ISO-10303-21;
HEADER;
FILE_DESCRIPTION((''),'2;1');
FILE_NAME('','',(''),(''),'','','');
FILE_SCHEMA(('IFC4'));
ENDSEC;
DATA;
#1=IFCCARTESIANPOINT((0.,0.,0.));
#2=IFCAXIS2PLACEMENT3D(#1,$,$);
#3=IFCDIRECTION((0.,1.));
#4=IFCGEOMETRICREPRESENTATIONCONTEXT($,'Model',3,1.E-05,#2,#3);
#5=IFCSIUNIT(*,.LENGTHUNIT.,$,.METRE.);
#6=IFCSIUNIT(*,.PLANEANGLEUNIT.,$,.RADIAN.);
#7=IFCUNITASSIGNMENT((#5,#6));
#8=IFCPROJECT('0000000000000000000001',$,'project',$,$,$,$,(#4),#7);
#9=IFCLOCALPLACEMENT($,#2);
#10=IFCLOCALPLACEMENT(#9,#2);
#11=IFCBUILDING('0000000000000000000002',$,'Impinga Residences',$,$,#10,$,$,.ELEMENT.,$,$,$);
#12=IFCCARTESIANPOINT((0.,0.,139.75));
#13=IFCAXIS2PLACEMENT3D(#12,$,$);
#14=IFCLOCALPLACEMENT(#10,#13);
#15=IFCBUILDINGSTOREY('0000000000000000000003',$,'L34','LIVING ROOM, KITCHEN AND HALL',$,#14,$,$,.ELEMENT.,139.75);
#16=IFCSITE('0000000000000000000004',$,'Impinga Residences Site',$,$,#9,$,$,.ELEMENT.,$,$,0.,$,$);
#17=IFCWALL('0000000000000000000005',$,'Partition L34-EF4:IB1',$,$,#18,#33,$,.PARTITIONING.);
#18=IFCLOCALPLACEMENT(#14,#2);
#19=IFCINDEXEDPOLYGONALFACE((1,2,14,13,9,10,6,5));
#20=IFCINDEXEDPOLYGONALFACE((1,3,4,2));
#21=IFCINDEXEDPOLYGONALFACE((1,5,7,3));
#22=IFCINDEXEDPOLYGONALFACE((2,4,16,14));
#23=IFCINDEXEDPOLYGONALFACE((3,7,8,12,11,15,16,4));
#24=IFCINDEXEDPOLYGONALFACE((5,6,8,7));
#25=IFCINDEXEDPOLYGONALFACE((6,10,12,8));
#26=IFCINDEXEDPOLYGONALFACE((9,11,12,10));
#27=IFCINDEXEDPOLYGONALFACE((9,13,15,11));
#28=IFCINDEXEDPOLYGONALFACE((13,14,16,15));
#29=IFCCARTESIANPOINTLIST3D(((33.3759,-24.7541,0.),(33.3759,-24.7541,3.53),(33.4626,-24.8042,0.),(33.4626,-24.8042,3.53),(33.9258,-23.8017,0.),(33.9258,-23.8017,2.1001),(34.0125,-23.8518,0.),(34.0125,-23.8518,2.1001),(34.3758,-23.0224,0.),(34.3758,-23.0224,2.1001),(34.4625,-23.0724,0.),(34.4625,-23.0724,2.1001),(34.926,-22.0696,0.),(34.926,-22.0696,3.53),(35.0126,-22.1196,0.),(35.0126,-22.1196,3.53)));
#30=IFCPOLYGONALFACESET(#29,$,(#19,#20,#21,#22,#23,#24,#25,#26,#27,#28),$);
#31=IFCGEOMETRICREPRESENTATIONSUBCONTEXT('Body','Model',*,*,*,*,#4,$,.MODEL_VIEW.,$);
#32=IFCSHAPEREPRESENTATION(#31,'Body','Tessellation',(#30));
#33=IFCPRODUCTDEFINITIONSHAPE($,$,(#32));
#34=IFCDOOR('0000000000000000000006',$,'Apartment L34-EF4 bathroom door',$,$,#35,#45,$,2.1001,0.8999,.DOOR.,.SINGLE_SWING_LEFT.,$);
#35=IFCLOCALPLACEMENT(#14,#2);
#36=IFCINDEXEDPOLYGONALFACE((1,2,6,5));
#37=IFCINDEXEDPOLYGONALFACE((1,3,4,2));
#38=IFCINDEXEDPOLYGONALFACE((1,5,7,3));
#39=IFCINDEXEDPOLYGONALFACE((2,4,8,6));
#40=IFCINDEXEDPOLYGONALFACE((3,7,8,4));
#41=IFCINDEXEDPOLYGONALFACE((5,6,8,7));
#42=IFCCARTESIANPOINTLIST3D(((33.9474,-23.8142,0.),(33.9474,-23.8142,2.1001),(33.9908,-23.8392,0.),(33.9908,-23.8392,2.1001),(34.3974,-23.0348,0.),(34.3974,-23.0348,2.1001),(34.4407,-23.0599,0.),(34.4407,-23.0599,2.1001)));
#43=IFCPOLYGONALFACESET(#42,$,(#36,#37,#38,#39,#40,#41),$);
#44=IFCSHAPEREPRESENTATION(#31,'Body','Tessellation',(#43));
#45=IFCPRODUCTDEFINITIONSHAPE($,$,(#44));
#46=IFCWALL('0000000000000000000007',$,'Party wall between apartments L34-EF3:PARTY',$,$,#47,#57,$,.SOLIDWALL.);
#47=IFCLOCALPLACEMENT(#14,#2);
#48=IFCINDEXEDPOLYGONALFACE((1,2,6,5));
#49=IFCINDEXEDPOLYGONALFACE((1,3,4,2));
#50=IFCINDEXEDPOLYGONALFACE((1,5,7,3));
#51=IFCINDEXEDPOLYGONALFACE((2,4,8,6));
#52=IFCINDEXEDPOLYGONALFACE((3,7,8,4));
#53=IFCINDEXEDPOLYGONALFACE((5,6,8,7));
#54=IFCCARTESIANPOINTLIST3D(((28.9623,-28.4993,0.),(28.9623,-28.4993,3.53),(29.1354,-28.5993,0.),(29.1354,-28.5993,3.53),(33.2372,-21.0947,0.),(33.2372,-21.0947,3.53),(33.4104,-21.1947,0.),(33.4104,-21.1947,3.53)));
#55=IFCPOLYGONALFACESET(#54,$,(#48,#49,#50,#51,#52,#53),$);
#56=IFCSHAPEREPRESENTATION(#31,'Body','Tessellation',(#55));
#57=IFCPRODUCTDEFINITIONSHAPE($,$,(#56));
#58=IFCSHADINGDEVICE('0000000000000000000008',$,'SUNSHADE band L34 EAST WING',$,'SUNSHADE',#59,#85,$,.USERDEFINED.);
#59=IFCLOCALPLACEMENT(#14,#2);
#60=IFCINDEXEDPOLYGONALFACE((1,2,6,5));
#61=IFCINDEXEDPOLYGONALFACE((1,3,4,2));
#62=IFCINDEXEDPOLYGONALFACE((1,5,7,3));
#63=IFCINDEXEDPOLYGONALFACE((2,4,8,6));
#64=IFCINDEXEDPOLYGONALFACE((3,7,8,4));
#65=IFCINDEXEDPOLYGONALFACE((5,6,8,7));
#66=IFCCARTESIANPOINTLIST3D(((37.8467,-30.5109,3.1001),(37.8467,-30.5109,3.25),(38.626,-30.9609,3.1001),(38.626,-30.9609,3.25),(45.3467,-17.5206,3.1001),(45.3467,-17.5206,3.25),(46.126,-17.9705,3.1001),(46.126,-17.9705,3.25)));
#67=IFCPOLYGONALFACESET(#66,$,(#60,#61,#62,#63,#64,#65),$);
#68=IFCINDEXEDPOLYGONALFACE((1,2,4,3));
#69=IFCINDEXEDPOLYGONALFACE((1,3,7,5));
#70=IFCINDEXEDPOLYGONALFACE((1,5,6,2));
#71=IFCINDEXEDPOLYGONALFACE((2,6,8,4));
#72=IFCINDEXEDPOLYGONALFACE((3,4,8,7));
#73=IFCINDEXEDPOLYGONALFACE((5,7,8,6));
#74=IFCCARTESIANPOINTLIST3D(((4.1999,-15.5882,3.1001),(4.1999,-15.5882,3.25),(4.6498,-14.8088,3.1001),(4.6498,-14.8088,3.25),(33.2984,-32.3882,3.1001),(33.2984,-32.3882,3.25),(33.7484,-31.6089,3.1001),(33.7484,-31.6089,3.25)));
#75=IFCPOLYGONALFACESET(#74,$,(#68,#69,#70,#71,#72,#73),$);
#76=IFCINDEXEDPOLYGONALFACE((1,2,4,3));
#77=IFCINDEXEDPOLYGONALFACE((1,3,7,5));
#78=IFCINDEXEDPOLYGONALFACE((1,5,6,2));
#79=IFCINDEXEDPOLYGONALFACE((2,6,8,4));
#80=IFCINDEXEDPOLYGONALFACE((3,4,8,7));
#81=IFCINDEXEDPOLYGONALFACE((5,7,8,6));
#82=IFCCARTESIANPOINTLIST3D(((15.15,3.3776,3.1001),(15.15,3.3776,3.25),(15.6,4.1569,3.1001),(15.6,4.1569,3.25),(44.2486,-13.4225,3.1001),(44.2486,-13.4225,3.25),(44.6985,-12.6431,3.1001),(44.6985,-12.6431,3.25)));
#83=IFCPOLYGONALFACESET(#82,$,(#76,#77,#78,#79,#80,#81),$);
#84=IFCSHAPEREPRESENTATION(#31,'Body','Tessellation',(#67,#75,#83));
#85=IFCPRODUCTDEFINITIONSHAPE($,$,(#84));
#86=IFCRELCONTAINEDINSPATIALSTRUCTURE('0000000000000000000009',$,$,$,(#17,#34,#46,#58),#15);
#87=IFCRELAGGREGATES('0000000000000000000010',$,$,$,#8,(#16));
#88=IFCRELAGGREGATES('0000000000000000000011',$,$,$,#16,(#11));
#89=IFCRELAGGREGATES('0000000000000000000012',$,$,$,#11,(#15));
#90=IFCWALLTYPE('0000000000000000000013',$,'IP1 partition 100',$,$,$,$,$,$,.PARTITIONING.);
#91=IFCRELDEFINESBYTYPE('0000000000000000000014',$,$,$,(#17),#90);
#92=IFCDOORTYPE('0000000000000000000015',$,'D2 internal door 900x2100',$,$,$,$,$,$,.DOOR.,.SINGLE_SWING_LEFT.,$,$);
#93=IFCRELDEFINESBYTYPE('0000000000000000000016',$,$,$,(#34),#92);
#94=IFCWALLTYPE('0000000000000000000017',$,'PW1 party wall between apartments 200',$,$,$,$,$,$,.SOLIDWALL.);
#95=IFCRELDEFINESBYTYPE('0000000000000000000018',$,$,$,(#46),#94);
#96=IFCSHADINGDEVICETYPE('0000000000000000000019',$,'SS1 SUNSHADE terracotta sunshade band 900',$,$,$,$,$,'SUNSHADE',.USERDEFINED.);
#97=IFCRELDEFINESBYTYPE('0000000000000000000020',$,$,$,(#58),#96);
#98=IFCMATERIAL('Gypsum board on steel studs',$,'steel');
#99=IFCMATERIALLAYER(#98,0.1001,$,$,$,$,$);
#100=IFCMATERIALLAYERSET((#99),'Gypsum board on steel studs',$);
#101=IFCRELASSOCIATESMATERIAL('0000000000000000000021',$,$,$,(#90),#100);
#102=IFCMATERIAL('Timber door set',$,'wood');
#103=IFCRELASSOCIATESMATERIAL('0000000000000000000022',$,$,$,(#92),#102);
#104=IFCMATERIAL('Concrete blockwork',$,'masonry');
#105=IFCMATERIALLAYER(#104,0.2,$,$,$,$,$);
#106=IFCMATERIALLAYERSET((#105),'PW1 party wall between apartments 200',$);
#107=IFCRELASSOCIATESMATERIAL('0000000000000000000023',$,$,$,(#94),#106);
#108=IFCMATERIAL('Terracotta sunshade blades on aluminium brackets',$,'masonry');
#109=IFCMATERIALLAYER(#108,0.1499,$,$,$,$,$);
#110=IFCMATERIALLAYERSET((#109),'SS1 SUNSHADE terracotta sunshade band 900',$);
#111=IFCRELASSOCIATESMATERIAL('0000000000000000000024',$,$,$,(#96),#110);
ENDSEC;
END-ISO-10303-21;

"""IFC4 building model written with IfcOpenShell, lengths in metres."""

from ifc_helpers import new_model, si_unit, direction, frame, frame_2d, origin, origin_2d, place, context, subcontext, project, spatial, rectangle, extrude, material, layer, layer_set, type_object, element, fill, save


model = new_model("IFC4")

# Units and contexts
model_context = context("Model", 3, precision=1e-05, world=origin(), true_north=direction((0.0, 1.0)))
body_context = subcontext(model_context, "Body", "Model", "MODEL_VIEW")
ifc_project = project(units=[si_unit("LENGTHUNIT", "METRE"), si_unit("PLANEANGLEUNIT", "RADIAN")], contexts=[model_context])

# Site, building, storey
site_placement = place(None, origin())
site = spatial("IfcSite", under=ifc_project, at=site_placement, Name="Impinga Residences Site", CompositionType="ELEMENT", RefElevation=0.0)
building_placement = place(site_placement, origin())
building = spatial("IfcBuilding", under=site, at=building_placement, Name="Impinga Residences", CompositionType="ELEMENT")
storey_placement = place(building_placement, frame((0.0, 0.0, 139.75)))
storey = spatial("IfcBuildingStorey", under=building, at=storey_placement, Name="L34", Description="LIVING ROOM, KITCHEN AND HALL", CompositionType="ELEMENT", Elevation=139.75)

# Shared definitions
ifc_material_1 = material(Name="Gypsum board on steel studs", Category="steel")
ifc_layer_1 = layer(ifc_material_1, 0.1001)
ifc_layer_set_1 = layer_set([ifc_layer_1], Name="Gypsum board on steel studs")
wall_type_1 = type_object("IfcWallType", Name="IP1 partition 100", PredefinedType="PARTITIONING", material=ifc_layer_set_1)

# Shared definitions
ifc_material_2 = material(Name="Timber door set", Category="wood")
door_type = type_object("IfcDoorType", Name="D2 internal door 900x2100", OperationType="SINGLE_SWING_LEFT", PredefinedType="DOOR", material=ifc_material_2)

# Wall, opening, door
wall_1_placement = place(storey_placement, frame((34.9692, -22.0947, 0.0), z_axis=(0.0, 0.0, 1.0), x_axis=(-0.500027, -0.86601, 0.0)))
wall_1 = element("IfcWall", 1, at=wall_1_placement, inside=storey, type_object=wall_type_1, Name="Partition L34-EF4:IB1", PredefinedType="PARTITIONING", context=body_context, shape_type="SweptSolid", body=[
    extrude(rectangle(XDim=3.0999, YDim=0.1001, at=frame_2d((1.5498, 0.0))), origin(), (0.0, 0.0, 1.0), 3.53),
])
opening_1_placement = place(wall_1_placement, frame((1.1001, 0.0, 0.0)))
opening_1 = element("IfcOpeningElement", 2, at=opening_1_placement, cuts=wall_1, PredefinedType="OPENING", context=body_context, shape_type="SweptSolid", body=[
    extrude(rectangle(XDim=0.8999, YDim=2.1001, at=frame_2d((0.45, 1.05))), frame((0.0, 0.0601, 0.0), z_axis=(0.0, -1.0, 0.0), x_axis=(1.0, 0.0, 0.0)), (0.0, 0.0, 1.0), 0.1201),
])
door_1_placement = place(opening_1_placement, origin())
door_1 = element("IfcDoor", 3, at=door_1_placement, inside=storey, type_object=door_type, Name="Apartment L34-EF4 bathroom door", OperationType="SINGLE_SWING_LEFT", OverallHeight=2.1001, OverallWidth=0.8999, PredefinedType="DOOR", context=body_context, shape_type="SweptSolid", body=[
    extrude(rectangle(XDim=0.8999, YDim=2.1001, at=frame_2d((0.45, 1.05))), frame((0.0, 0.0249, 0.0), z_axis=(0.0, -1.0, 0.0), x_axis=(1.0, 0.0, 0.0)), (0.0, 0.0, 1.0), 0.05),
])
fill(opening_1, door_1)

# Wall
ifc_material_3 = material(Name="Concrete blockwork", Category="masonry")
ifc_layer_2 = layer(ifc_material_3, 0.2)
ifc_layer_set_2 = layer_set([ifc_layer_2], Name="PW1 party wall between apartments 200")
wall_type_2 = type_object("IfcWallType", Name="PW1 party wall between apartments 200", PredefinedType="SOLIDWALL", material=ifc_layer_set_2)
wall_2_placement = place(storey_placement, frame((33.3237, -21.1448, 0.0), z_axis=(0.0, 0.0, 1.0), x_axis=(-0.49999, -0.866031, 0.0)))
element("IfcWall", 4, at=wall_2_placement, inside=storey, type_object=wall_type_2, Name="Party wall between apartments L34-EF3:PARTY", PredefinedType="SOLIDWALL", context=body_context, shape_type="SweptSolid", body=[
    extrude(rectangle(XDim=8.55, YDim=0.2, at=frame_2d((4.2749, 0.0))), origin(), (0.0, 0.0, 1.0), 3.53),
])

# Shading device
ifc_material_4 = material(Name="Terracotta sunshade blades on aluminium brackets", Category="masonry")
ifc_layer_3 = layer(ifc_material_4, 0.1499)
ifc_layer_set_3 = layer_set([ifc_layer_3], Name="SS1 SUNSHADE terracotta sunshade band 900")
shading_device_type = type_object("IfcShadingDeviceType", Name="SS1 SUNSHADE terracotta sunshade band 900", ElementType="SUNSHADE", PredefinedType="USERDEFINED", material=ifc_layer_set_3)
shading_device_placement = place(storey_placement, frame((41.9863, -24.2407, 3.1001), z_axis=(0.0, 0.0, 1.0), x_axis=(-0.5, -0.866025, 0.0)))
element("IfcShadingDevice", 5, at=shading_device_placement, inside=storey, type_object=shading_device_type, Name="SUNSHADE band L34 EAST WING", ObjectType="SUNSHADE", PredefinedType="USERDEFINED", context=body_context, shape_type="SweptSolid", body=[
    extrude(rectangle(XDim=15.0, YDim=0.8999, at=origin_2d()), origin(), (0.0, 0.0, 1.0), 0.1499),
    extrude(rectangle(XDim=33.6001, YDim=0.8999, at=origin_2d()), frame((10.95, -20.2502, 0.0), z_axis=(0.0, 0.0, 1.0), x_axis=(0.0, -1.0, 0.0)), (0.0, 0.0, 1.0), 0.1499),
    extrude(rectangle(XDim=33.6001, YDim=0.8999, at=origin_2d()), frame((-10.95, -20.25, 0.0), z_axis=(0.0, 0.0, 1.0), x_axis=(0.0, 1.0, 0.0)), (0.0, 0.0, 1.0), 0.1499),
])

save(model, "model.ifc")
